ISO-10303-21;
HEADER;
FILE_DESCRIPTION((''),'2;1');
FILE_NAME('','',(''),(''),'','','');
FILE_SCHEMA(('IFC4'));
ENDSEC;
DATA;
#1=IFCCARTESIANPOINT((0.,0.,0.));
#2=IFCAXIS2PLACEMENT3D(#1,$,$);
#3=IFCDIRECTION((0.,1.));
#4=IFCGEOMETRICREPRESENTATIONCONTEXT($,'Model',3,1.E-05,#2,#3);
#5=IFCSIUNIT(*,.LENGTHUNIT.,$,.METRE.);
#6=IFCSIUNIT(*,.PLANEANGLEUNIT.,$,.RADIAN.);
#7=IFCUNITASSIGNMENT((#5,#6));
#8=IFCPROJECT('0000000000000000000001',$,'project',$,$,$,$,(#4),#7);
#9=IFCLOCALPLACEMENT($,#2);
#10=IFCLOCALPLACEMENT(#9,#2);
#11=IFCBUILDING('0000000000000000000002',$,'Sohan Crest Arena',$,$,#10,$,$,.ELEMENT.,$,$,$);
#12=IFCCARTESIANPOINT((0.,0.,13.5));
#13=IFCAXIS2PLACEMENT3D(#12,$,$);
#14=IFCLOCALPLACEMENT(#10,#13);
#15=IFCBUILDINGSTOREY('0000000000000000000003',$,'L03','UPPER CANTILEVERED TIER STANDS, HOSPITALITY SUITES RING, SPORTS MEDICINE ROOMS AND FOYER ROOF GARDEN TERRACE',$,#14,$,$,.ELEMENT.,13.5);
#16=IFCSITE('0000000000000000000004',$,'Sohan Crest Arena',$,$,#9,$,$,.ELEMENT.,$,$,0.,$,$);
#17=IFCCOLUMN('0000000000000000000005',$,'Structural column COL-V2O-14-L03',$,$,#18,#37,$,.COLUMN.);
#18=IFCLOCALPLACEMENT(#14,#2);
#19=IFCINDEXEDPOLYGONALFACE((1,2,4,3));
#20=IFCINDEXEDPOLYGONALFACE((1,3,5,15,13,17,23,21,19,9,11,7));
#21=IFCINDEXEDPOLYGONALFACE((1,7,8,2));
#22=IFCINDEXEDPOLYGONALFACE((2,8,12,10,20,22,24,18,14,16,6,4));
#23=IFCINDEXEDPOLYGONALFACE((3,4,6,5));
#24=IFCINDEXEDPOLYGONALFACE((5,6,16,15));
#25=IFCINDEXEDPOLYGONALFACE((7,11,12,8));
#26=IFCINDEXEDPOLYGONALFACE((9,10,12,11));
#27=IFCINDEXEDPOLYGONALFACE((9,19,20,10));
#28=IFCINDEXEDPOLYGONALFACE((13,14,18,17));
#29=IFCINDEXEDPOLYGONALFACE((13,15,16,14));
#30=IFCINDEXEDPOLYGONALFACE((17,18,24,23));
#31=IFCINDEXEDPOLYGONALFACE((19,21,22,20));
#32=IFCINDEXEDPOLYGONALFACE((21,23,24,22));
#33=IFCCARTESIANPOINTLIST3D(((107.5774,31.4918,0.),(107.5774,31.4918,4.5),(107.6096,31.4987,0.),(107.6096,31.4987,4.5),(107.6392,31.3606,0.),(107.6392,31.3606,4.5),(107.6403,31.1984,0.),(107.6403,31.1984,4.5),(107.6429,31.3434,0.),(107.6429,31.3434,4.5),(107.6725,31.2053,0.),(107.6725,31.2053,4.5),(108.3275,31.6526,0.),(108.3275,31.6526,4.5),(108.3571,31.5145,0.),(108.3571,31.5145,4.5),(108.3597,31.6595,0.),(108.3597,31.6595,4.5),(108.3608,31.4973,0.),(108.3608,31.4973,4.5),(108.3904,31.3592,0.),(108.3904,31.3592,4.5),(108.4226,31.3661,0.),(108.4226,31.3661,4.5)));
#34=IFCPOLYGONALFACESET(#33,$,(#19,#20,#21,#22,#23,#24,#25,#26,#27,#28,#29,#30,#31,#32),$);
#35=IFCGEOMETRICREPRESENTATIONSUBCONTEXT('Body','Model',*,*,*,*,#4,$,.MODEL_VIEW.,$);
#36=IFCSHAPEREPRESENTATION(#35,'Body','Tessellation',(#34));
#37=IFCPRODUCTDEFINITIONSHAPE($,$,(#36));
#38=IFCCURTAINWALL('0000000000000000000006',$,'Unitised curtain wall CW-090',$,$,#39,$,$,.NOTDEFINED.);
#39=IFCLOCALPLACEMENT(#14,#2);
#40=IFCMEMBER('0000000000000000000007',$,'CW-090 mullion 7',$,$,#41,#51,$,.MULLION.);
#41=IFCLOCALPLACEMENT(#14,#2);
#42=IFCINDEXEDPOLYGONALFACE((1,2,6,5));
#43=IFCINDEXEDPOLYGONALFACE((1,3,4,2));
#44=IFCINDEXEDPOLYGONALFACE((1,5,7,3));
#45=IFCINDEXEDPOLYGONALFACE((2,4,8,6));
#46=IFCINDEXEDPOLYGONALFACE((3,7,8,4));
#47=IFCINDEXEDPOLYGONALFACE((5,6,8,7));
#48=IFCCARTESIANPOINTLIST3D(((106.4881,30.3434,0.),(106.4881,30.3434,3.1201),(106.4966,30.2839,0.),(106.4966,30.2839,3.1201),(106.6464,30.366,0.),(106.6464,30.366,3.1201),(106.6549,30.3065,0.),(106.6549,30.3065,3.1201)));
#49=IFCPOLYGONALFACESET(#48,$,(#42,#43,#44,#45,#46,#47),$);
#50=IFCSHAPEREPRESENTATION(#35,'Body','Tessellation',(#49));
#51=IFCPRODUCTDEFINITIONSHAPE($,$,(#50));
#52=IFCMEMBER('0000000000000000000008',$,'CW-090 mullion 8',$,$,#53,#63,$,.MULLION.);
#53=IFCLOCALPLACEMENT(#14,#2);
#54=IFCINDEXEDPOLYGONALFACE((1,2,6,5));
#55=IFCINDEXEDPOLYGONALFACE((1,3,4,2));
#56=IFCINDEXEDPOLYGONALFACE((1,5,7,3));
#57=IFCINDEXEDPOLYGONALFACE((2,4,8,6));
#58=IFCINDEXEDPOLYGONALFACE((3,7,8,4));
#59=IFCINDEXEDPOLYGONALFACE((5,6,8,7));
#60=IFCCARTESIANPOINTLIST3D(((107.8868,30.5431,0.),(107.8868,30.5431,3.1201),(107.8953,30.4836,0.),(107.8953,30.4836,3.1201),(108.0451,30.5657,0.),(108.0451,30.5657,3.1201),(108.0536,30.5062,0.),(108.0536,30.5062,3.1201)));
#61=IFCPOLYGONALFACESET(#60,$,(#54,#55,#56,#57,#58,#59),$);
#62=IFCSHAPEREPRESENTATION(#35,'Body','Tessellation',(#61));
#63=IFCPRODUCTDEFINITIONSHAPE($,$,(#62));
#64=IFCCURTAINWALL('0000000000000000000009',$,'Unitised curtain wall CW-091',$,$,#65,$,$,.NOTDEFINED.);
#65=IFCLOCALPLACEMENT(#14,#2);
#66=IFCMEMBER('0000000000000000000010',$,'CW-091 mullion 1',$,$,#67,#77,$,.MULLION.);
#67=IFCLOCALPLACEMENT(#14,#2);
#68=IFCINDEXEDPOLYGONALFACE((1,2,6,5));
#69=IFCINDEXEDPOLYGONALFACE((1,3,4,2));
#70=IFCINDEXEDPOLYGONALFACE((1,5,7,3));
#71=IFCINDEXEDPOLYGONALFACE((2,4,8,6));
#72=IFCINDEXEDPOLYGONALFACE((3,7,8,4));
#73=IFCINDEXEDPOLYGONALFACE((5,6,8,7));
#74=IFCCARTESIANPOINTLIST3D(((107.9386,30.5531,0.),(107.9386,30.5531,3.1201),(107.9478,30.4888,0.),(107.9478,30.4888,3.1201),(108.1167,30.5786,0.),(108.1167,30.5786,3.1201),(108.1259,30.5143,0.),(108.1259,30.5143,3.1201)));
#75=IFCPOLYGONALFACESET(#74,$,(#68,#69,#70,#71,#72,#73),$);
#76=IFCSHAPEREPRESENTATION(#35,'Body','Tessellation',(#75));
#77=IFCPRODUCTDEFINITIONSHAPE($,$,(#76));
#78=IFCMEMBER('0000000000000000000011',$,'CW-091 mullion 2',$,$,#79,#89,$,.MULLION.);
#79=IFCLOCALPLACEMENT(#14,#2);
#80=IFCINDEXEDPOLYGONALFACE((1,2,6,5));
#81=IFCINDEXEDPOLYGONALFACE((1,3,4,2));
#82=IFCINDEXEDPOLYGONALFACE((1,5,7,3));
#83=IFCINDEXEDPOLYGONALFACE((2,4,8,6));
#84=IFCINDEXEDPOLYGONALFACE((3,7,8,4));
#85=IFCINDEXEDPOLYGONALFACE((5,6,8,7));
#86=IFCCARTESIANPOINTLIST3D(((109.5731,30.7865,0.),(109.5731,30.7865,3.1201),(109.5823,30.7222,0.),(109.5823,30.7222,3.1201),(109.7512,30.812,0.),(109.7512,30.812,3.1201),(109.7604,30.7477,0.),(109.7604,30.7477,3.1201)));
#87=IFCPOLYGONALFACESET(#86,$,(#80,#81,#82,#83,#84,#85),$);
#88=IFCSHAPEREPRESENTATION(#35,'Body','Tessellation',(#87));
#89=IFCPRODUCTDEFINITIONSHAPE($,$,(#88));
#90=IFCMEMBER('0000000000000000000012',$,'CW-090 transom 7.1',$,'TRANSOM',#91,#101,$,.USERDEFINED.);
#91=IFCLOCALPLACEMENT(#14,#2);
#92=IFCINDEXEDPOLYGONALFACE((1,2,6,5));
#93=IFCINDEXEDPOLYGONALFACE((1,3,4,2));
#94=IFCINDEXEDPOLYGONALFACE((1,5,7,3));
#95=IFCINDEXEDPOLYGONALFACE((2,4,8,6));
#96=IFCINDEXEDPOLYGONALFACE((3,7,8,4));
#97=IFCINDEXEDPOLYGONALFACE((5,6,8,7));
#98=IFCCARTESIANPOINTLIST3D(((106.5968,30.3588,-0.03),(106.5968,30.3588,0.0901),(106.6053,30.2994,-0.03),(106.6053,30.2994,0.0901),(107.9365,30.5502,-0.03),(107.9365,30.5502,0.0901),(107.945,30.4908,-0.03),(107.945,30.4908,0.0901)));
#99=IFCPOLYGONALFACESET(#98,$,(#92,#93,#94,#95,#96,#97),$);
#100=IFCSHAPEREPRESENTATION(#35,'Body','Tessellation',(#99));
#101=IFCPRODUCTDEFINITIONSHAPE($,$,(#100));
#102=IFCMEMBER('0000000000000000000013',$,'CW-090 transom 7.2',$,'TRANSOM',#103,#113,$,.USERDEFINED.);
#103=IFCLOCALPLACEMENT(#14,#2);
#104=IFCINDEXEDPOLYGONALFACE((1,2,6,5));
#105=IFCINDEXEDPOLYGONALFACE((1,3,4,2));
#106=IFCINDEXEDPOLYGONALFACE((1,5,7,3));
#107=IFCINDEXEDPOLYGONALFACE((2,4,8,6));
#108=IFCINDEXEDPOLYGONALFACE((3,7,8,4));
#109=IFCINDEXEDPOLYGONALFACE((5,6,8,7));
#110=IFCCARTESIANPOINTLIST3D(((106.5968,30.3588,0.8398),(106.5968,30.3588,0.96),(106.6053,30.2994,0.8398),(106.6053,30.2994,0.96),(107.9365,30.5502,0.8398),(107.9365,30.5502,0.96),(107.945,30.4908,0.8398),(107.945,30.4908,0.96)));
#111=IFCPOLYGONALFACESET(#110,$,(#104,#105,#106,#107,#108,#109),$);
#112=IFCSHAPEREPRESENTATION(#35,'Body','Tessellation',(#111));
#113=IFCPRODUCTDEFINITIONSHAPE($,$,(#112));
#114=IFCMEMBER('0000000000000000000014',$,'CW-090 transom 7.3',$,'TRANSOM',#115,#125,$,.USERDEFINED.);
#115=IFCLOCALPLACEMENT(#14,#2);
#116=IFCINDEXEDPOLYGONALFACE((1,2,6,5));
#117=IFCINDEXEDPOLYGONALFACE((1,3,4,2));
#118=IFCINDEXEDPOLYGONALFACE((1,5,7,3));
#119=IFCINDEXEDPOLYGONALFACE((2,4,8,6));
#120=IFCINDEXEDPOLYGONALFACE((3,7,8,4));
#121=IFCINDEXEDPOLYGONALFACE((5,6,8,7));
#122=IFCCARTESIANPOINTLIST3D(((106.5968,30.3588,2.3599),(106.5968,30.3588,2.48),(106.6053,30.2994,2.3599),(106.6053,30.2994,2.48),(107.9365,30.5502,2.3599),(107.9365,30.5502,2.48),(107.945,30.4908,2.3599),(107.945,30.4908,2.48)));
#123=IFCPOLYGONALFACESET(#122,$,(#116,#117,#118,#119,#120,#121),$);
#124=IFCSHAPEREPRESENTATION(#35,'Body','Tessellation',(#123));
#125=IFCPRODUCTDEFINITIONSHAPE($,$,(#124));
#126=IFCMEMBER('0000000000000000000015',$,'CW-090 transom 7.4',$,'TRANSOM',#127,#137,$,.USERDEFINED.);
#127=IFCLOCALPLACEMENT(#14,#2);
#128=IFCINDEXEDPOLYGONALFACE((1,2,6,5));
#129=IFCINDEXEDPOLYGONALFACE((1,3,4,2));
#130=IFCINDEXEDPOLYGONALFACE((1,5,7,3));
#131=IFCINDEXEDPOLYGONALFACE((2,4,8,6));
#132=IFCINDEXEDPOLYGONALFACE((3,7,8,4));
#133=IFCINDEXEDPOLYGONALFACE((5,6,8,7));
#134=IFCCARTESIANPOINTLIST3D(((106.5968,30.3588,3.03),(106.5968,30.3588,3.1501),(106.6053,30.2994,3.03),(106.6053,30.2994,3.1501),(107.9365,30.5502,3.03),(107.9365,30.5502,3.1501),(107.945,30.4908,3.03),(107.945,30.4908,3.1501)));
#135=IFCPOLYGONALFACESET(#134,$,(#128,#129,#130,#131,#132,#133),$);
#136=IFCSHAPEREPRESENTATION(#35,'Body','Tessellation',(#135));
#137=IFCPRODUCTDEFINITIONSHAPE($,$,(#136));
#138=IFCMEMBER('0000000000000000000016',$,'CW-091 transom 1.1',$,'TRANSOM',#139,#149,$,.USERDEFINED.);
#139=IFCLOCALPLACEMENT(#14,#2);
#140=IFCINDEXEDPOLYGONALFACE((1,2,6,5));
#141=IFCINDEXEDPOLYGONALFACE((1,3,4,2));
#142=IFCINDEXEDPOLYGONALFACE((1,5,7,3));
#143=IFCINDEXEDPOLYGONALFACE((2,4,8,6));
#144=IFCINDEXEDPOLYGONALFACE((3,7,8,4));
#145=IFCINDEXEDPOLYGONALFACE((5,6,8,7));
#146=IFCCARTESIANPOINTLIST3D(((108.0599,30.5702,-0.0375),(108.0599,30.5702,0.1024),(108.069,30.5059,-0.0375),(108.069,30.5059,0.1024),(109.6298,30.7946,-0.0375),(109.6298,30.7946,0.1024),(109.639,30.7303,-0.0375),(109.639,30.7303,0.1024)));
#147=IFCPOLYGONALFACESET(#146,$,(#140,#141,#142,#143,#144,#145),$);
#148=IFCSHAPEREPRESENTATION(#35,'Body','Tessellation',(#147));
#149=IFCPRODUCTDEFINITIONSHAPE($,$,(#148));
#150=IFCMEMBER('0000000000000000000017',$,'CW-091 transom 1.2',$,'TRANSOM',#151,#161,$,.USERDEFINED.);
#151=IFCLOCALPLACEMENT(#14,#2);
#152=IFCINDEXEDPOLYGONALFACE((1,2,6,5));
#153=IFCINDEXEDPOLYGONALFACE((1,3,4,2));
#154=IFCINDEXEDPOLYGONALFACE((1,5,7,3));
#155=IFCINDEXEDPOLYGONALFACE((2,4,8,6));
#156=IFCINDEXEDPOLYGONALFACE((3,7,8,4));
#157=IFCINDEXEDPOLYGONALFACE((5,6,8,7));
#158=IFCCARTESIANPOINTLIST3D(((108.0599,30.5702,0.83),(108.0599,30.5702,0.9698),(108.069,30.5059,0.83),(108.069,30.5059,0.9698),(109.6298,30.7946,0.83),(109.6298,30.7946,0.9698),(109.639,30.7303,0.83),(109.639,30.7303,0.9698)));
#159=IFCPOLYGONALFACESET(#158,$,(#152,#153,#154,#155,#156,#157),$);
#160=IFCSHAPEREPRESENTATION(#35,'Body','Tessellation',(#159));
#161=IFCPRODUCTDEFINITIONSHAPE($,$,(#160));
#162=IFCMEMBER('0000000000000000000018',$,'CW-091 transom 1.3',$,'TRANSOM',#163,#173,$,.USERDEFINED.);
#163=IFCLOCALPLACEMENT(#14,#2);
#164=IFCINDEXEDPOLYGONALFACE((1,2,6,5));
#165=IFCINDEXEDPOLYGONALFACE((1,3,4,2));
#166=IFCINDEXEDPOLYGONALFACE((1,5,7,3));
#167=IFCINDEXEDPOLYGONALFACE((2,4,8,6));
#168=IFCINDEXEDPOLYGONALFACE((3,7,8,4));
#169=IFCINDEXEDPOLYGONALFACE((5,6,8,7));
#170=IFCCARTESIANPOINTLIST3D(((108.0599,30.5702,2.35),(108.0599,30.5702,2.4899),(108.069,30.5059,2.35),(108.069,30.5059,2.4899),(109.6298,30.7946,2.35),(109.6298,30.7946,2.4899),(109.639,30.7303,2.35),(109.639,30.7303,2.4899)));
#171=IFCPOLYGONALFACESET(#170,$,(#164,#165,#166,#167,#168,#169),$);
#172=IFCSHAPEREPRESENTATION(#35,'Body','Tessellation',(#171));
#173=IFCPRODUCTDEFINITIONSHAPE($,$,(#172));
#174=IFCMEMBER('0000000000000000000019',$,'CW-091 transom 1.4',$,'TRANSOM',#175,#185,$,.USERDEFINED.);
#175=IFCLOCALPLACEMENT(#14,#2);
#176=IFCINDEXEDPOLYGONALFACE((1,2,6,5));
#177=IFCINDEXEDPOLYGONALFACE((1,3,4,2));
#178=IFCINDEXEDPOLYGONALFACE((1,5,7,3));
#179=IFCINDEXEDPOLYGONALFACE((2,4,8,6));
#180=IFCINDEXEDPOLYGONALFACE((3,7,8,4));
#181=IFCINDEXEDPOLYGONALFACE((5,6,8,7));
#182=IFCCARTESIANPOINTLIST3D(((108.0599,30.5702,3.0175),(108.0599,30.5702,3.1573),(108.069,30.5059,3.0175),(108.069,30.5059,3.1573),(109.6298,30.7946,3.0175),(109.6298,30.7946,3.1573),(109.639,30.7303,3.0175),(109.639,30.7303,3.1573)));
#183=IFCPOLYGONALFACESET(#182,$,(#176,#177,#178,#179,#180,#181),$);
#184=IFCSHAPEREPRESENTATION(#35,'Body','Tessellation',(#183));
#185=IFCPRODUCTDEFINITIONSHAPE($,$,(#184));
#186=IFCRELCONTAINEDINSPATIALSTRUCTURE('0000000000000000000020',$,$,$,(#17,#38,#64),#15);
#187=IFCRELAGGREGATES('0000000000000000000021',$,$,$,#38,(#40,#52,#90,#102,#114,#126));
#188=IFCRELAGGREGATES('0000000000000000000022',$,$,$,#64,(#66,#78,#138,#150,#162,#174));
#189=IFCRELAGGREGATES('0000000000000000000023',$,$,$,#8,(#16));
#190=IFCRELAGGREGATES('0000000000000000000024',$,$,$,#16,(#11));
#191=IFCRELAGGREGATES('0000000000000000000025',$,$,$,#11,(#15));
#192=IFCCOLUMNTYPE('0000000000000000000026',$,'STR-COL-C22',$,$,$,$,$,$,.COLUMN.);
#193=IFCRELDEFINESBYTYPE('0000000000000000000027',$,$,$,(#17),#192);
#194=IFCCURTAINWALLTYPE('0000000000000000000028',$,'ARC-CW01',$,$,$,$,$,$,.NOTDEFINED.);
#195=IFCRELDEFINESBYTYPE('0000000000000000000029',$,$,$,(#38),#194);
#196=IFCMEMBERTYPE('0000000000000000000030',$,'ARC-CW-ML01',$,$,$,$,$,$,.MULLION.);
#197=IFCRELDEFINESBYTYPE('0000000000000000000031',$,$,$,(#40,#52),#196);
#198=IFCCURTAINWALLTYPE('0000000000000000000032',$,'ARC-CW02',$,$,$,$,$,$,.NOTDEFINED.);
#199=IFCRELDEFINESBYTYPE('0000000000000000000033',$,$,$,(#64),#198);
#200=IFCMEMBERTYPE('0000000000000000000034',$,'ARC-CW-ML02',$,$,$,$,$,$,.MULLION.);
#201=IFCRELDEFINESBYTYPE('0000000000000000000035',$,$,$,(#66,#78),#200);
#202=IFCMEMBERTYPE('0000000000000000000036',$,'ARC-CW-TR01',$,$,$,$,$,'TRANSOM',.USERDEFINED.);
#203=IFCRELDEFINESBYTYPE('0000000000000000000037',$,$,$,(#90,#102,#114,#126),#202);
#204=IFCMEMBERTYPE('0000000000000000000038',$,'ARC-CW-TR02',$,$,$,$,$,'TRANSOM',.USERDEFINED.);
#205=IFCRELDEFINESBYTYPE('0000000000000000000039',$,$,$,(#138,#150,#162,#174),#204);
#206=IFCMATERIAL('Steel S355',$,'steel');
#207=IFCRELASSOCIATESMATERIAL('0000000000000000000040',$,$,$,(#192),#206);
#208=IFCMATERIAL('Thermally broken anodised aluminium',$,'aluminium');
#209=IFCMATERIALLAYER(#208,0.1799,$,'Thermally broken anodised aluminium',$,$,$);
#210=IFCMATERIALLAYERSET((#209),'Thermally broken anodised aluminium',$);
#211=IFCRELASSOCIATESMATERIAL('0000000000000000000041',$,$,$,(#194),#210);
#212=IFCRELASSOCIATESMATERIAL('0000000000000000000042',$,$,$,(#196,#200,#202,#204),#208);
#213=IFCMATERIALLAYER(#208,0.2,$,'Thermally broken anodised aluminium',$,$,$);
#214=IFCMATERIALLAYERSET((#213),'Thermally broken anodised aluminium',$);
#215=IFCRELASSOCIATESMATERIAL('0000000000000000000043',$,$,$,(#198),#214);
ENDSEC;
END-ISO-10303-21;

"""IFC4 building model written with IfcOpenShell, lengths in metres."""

from ifc_helpers import new_model, si_unit, direction, frame, origin, origin_2d, place, context, subcontext, project, spatial, rectangle, i_section, extrude, material, layer, layer_set, material_profile, profile_set, type_object, element, aggregate, save


model = new_model("IFC4")

# Units and contexts
model_context = context("Model", 3, precision=1e-05, world=origin(), true_north=direction((0.0, 1.0)))
body_context = subcontext(model_context, "Body", "Model", "MODEL_VIEW")
ifc_project = project(units=[si_unit("LENGTHUNIT", "METRE"), si_unit("PLANEANGLEUNIT", "RADIAN")], contexts=[model_context])

# Site, building, storey
site_placement = place(None, origin())
site = spatial("IfcSite", under=ifc_project, at=site_placement, Name="Sohan Crest Arena", CompositionType="ELEMENT", RefElevation=0.0)
building_placement = place(site_placement, origin())
building = spatial("IfcBuilding", under=site, at=building_placement, Name="Sohan Crest Arena", CompositionType="ELEMENT")
storey_placement = place(building_placement, frame((0.0, 0.0, 13.5)))
storey = spatial("IfcBuildingStorey", under=building, at=storey_placement, Name="L03", Description="UPPER CANTILEVERED TIER STANDS, HOSPITALITY SUITES RING, SPORTS MEDICINE ROOMS AND FOYER ROOF GARDEN TERRACE", CompositionType="ELEMENT", Elevation=13.5)

# Column
ifc_material_1 = material(Name="Steel S355", Category="steel")
ifc_material_profile_1 = material_profile(ifc_material_1, i_section(OverallWidth=0.3, OverallDepth=0.8, WebThickness=0.0176, FlangeThickness=0.033, at=origin_2d()), Name="HEB 800")
ifc_profile_set_1 = profile_set([ifc_material_profile_1], Name="Steel S355")
column_type = type_object("IfcColumnType", Name="STR-COL-C22", PredefinedType="COLUMN", material=ifc_profile_set_1)
column_placement = place(storey_placement, frame((108.0, 31.429, 0.0), z_axis=(0.0, 0.0, 1.0), x_axis=(-0.209619, 0.977783, 0.0)))
element("IfcColumn", 1, at=column_placement, inside=storey, type_object=column_type, Name="Structural column COL-V2O-14-L03", PredefinedType="COLUMN", context=body_context, shape_type="SweptSolid", body=[
    extrude(i_section(OverallWidth=0.3, OverallDepth=0.8, WebThickness=0.0176, FlangeThickness=0.033, at=origin_2d()), origin(), (0.0, 0.0, 1.0), 4.5),
])

# Curtain walls, members
ifc_material_2 = material(Name="Thermally broken anodised aluminium", Category="aluminium")
ifc_layer_1 = layer(ifc_material_2, 0.1799, Name="Thermally broken anodised aluminium")
ifc_layer_set_1 = layer_set([ifc_layer_1], Name="Thermally broken anodised aluminium")
curtain_wall_type_1 = type_object("IfcCurtainWallType", Name="ARC-CW01", PredefinedType="NOTDEFINED", material=ifc_layer_set_1)
curtain_wall_1_placement = place(storey_placement, origin())
curtain_wall_1 = element("IfcCurtainWall", 2, at=curtain_wall_1_placement, inside=storey, type_object=curtain_wall_type_1, Name="Unitised curtain wall CW-090", PredefinedType="NOTDEFINED")
ifc_material_profile_2 = material_profile(ifc_material_2, rectangle(XDim=0.0601, YDim=0.1599, at=origin_2d()), Name="ALU-MULL 60x160")
ifc_profile_set_2 = profile_set([ifc_material_profile_2], Name="Thermally broken anodised aluminium")
member_type_1 = type_object("IfcMemberType", Name="ARC-CW-ML01", PredefinedType="MULLION", material=ifc_profile_set_2)
member_1_placement = place(storey_placement, frame((106.5715, 30.325, 0.0), z_axis=(0.0, 0.0, 1.0), x_axis=(-0.141463, 0.989944, 0.0)))
member_1 = element("IfcMember", 3, at=member_1_placement, type_object=member_type_1, Name="CW-090 mullion 7", PredefinedType="MULLION", context=body_context, shape_type="SweptSolid", body=[
    extrude(rectangle(XDim=0.0601, YDim=0.1599, at=origin_2d()), origin(), (0.0, 0.0, 1.0), 3.1201),
])
member_2_placement = place(storey_placement, frame((107.9702, 30.5247, 0.0), z_axis=(0.0, 0.0, 1.0), x_axis=(-0.141463, 0.989944, 0.0)))
member_2 = element("IfcMember", 4, at=member_2_placement, type_object=member_type_1, Name="CW-090 mullion 8", PredefinedType="MULLION", context=body_context, shape_type="SweptSolid", body=[
    extrude(rectangle(XDim=0.0601, YDim=0.1599, at=origin_2d()), origin(), (0.0, 0.0, 1.0), 3.1201),
])
ifc_layer_2 = layer(ifc_material_2, 0.2, Name="Thermally broken anodised aluminium")
ifc_layer_set_2 = layer_set([ifc_layer_2], Name="Thermally broken anodised aluminium")
curtain_wall_type_2 = type_object("IfcCurtainWallType", Name="ARC-CW02", PredefinedType="NOTDEFINED", material=ifc_layer_set_2)
curtain_wall_2_placement = place(storey_placement, origin())
curtain_wall_2 = element("IfcCurtainWall", 5, at=curtain_wall_2_placement, inside=storey, type_object=curtain_wall_type_2, Name="Unitised curtain wall CW-091", PredefinedType="NOTDEFINED")
ifc_material_profile_3 = material_profile(ifc_material_2, rectangle(XDim=0.0649, YDim=0.1799, at=origin_2d()), Name="ALU-MULL 65x180")
ifc_profile_set_3 = profile_set([ifc_material_profile_3], Name="Thermally broken anodised aluminium")
member_type_2 = type_object("IfcMemberType", Name="ARC-CW-ML02", PredefinedType="MULLION", material=ifc_profile_set_3)
member_3_placement = place(storey_placement, frame((108.0322, 30.5337, 0.0), z_axis=(0.0, 0.0, 1.0), x_axis=(-0.141366, 0.989957, 0.0)))
member_3 = element("IfcMember", 6, at=member_3_placement, type_object=member_type_2, Name="CW-091 mullion 1", PredefinedType="MULLION", context=body_context, shape_type="SweptSolid", body=[
    extrude(rectangle(XDim=0.0649, YDim=0.1799, at=origin_2d()), origin(), (0.0, 0.0, 1.0), 3.1201),
])
member_4_placement = place(storey_placement, frame((109.6667, 30.7671, 0.0), z_axis=(0.0, 0.0, 1.0), x_axis=(-0.141366, 0.989957, 0.0)))
member_4 = element("IfcMember", 7, at=member_4_placement, type_object=member_type_2, Name="CW-091 mullion 2", PredefinedType="MULLION", context=body_context, shape_type="SweptSolid", body=[
    extrude(rectangle(XDim=0.0649, YDim=0.1799, at=origin_2d()), origin(), (0.0, 0.0, 1.0), 3.1201),
])

# Members
ifc_material_profile_4 = material_profile(ifc_material_2, rectangle(XDim=0.0601, YDim=0.1201, at=origin_2d()), Name="ALU-TRAN 60x120")
ifc_profile_set_4 = profile_set([ifc_material_profile_4], Name="Thermally broken anodised aluminium")
member_type_3 = type_object("IfcMemberType", Name="ARC-CW-TR01", ElementType="TRANSOM", PredefinedType="USERDEFINED", material=ifc_profile_set_4)
member_5_placement = place(storey_placement, frame((106.6011, 30.3291, 0.03), z_axis=(0.989946, 0.141447, 0.0), x_axis=(-0.141447, 0.989946, 0.0)))
member_5 = element("IfcMember", 8, at=member_5_placement, type_object=member_type_3, Name="CW-090 transom 7.1", ObjectType="TRANSOM", PredefinedType="USERDEFINED", context=body_context, shape_type="SweptSolid", body=[
    extrude(rectangle(XDim=0.0601, YDim=0.1201, at=origin_2d()), origin(), (0.0, 0.0, 1.0), 1.3533),
])
member_6_placement = place(storey_placement, frame((106.6011, 30.3291, 0.8999), z_axis=(0.989946, 0.141447, 0.0), x_axis=(-0.141447, 0.989946, 0.0)))
member_6 = element("IfcMember", 9, at=member_6_placement, type_object=member_type_3, Name="CW-090 transom 7.2", ObjectType="TRANSOM", PredefinedType="USERDEFINED", context=body_context, shape_type="SweptSolid", body=[
    extrude(rectangle(XDim=0.0601, YDim=0.1201, at=origin_2d()), origin(), (0.0, 0.0, 1.0), 1.3533),
])
member_7_placement = place(storey_placement, frame((106.6011, 30.3291, 2.4199), z_axis=(0.989946, 0.141447, 0.0), x_axis=(-0.141447, 0.989946, 0.0)))
member_7 = element("IfcMember", 10, at=member_7_placement, type_object=member_type_3, Name="CW-090 transom 7.3", ObjectType="TRANSOM", PredefinedType="USERDEFINED", context=body_context, shape_type="SweptSolid", body=[
    extrude(rectangle(XDim=0.0601, YDim=0.1201, at=origin_2d()), origin(), (0.0, 0.0, 1.0), 1.3533),
])
member_8_placement = place(storey_placement, frame((106.6011, 30.3291, 3.0901), z_axis=(0.989946, 0.141447, 0.0), x_axis=(-0.141447, 0.989946, 0.0)))
member_8 = element("IfcMember", 11, at=member_8_placement, type_object=member_type_3, Name="CW-090 transom 7.4", ObjectType="TRANSOM", PredefinedType="USERDEFINED", context=body_context, shape_type="SweptSolid", body=[
    extrude(rectangle(XDim=0.0601, YDim=0.1201, at=origin_2d()), origin(), (0.0, 0.0, 1.0), 1.3533),
])
ifc_material_profile_5 = material_profile(ifc_material_2, rectangle(XDim=0.0649, YDim=0.1399, at=origin_2d()), Name="ALU-TRAN 65x140")
ifc_profile_set_5 = profile_set([ifc_material_profile_5], Name="Thermally broken anodised aluminium")
member_type_4 = type_object("IfcMemberType", Name="ARC-CW-TR02", ElementType="TRANSOM", PredefinedType="USERDEFINED", material=ifc_profile_set_5)
member_9_placement = place(storey_placement, frame((108.0645, 30.5381, 0.0325), z_axis=(0.989943, 0.141464, 0.0), x_axis=(-0.141464, 0.989943, 0.0)))
member_9 = element("IfcMember", 12, at=member_9_placement, type_object=member_type_4, Name="CW-091 transom 1.1", ObjectType="TRANSOM", PredefinedType="USERDEFINED", context=body_context, shape_type="SweptSolid", body=[
    extrude(rectangle(XDim=0.0649, YDim=0.1399, at=origin_2d()), origin(), (0.0, 0.0, 1.0), 1.5859),
])
member_10_placement = place(storey_placement, frame((108.0645, 30.5381, 0.8999), z_axis=(0.989943, 0.141464, 0.0), x_axis=(-0.141464, 0.989943, 0.0)))
member_10 = element("IfcMember", 13, at=member_10_placement, type_object=member_type_4, Name="CW-091 transom 1.2", ObjectType="TRANSOM", PredefinedType="USERDEFINED", context=body_context, shape_type="SweptSolid", body=[
    extrude(rectangle(XDim=0.0649, YDim=0.1399, at=origin_2d()), origin(), (0.0, 0.0, 1.0), 1.5859),
])
member_11_placement = place(storey_placement, frame((108.0645, 30.5381, 2.4199), z_axis=(0.989943, 0.141464, 0.0), x_axis=(-0.141464, 0.989943, 0.0)))
member_11 = element("IfcMember", 14, at=member_11_placement, type_object=member_type_4, Name="CW-091 transom 1.3", ObjectType="TRANSOM", PredefinedType="USERDEFINED", context=body_context, shape_type="SweptSolid", body=[
    extrude(rectangle(XDim=0.0649, YDim=0.1399, at=origin_2d()), origin(), (0.0, 0.0, 1.0), 1.5859),
])
member_12_placement = place(storey_placement, frame((108.0645, 30.5381, 3.0874), z_axis=(0.989943, 0.141464, 0.0), x_axis=(-0.141464, 0.989943, 0.0)))
member_12 = element("IfcMember", 15, at=member_12_placement, type_object=member_type_4, Name="CW-091 transom 1.4", ObjectType="TRANSOM", PredefinedType="USERDEFINED", context=body_context, shape_type="SweptSolid", body=[
    extrude(rectangle(XDim=0.0649, YDim=0.1399, at=origin_2d()), origin(), (0.0, 0.0, 1.0), 1.5859),
])

aggregate(curtain_wall_1, [member_1, member_2, member_5, member_6, member_7, member_8])
aggregate(curtain_wall_2, [member_3, member_4, member_9, member_10, member_11, member_12])

save(model, "model.ifc")
